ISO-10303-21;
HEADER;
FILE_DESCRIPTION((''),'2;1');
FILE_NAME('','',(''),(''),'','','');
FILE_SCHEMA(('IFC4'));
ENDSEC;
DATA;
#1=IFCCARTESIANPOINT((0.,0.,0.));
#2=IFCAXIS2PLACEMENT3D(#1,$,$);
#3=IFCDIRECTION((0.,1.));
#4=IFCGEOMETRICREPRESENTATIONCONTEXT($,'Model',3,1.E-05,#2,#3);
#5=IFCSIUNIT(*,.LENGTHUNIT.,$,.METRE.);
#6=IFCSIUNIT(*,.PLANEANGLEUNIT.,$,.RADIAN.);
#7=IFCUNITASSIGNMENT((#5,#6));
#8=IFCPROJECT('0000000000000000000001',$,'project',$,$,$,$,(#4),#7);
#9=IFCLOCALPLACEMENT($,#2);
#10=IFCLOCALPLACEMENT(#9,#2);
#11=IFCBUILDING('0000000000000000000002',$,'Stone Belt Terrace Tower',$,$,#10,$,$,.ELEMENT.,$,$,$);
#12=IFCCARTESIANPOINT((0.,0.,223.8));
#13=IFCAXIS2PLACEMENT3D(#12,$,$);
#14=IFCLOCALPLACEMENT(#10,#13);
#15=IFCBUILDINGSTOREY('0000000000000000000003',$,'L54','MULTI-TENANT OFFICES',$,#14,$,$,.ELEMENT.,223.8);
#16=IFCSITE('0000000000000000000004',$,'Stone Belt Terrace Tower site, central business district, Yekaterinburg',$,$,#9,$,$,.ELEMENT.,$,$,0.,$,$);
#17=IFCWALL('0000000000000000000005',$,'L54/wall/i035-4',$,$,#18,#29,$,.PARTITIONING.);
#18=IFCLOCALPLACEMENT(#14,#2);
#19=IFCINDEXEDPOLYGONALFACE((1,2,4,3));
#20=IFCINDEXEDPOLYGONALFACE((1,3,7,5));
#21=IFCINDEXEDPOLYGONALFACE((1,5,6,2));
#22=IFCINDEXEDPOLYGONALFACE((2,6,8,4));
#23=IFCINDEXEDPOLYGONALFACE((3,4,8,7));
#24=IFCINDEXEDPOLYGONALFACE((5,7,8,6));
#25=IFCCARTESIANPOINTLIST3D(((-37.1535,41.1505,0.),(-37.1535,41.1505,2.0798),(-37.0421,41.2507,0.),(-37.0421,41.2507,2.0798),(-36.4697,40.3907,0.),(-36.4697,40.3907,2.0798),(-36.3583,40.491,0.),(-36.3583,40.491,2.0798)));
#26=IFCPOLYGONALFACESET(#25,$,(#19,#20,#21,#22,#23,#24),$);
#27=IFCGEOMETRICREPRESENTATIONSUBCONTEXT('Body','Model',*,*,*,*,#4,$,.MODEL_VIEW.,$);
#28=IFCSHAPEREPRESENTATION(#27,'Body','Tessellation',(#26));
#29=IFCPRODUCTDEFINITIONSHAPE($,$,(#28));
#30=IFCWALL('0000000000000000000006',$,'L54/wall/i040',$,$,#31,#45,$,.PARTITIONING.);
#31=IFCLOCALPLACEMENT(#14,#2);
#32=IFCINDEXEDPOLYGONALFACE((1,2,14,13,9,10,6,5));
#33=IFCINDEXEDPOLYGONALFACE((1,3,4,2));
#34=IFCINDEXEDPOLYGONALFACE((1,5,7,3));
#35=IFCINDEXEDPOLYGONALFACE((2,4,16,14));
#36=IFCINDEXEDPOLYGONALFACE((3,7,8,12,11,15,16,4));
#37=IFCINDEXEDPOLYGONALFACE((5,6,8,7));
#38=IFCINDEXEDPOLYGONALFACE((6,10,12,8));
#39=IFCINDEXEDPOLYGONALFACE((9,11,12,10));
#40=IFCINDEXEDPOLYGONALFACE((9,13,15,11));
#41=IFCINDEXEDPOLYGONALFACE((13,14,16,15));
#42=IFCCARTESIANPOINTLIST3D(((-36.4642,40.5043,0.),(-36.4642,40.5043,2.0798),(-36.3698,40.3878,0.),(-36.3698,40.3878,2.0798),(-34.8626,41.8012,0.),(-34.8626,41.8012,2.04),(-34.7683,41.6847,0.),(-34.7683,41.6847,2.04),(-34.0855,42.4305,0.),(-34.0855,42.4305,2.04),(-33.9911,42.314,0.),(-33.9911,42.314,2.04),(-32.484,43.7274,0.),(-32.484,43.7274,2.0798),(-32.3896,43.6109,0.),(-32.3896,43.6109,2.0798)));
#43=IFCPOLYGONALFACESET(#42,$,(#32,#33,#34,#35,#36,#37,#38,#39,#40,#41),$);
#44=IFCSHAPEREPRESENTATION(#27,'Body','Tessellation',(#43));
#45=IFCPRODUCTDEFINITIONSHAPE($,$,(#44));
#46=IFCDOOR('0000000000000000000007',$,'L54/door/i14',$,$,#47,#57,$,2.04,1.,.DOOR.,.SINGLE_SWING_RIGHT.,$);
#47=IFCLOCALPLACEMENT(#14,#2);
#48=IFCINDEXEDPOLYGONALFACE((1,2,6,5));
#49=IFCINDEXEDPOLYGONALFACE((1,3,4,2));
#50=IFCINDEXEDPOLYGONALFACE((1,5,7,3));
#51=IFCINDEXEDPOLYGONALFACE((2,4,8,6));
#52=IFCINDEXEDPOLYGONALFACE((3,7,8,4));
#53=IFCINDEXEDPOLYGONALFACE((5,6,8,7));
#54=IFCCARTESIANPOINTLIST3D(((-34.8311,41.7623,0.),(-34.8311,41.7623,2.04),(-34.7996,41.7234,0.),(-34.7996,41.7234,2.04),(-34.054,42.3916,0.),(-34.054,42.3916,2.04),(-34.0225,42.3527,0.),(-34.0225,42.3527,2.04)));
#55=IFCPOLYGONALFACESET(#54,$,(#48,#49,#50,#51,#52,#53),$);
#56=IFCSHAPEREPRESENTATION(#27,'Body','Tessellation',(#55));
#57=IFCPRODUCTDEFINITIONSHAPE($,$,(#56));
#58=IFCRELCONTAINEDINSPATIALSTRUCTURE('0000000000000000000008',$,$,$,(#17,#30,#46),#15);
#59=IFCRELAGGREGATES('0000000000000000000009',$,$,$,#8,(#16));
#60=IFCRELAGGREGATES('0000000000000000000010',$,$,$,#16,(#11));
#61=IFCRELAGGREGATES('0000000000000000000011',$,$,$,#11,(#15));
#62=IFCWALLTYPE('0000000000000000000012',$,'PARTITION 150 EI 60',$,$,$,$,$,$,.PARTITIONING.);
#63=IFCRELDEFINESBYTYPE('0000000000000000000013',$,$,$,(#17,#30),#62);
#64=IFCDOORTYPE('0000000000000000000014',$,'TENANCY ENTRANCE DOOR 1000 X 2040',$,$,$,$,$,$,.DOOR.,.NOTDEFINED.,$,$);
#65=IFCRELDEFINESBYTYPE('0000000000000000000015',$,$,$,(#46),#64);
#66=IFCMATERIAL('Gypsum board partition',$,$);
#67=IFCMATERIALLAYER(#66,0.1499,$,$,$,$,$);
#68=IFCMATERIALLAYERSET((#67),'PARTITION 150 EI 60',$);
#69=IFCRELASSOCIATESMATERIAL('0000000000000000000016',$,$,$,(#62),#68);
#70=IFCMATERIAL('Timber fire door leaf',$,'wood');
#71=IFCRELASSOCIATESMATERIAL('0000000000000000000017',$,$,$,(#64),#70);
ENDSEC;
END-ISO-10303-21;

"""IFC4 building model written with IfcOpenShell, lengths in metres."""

from ifc_helpers import new_model, si_unit, direction, frame, frame_2d, origin, place, context, subcontext, project, spatial, rectangle, extrude, material, layer, layer_set, type_object, element, fill, save


model = new_model("IFC4")

# Units and contexts
model_context = context("Model", 3, precision=1e-05, world=origin(), true_north=direction((0.0, 1.0)))
body_context = subcontext(model_context, "Body", "Model", "MODEL_VIEW")
ifc_project = project(units=[si_unit("LENGTHUNIT", "METRE"), si_unit("PLANEANGLEUNIT", "RADIAN")], contexts=[model_context])

# Site, building, storey
site_placement = place(None, origin())
site = spatial("IfcSite", under=ifc_project, at=site_placement, Name="Stone Belt Terrace Tower site, central business district, Yekaterinburg", CompositionType="ELEMENT", RefElevation=0.0)
building_placement = place(site_placement, origin())
building = spatial("IfcBuilding", under=site, at=building_placement, Name="Stone Belt Terrace Tower", CompositionType="ELEMENT")
storey_placement = place(building_placement, frame((0.0, 0.0, 223.8)))
storey = spatial("IfcBuildingStorey", under=building, at=storey_placement, Name="L54", Description="MULTI-TENANT OFFICES", CompositionType="ELEMENT", Elevation=223.8)

# Shared definitions
ifc_material_1 = material(Name="Gypsum board partition")
ifc_layer_1 = layer(ifc_material_1, 0.1499)
ifc_layer_set_1 = layer_set([ifc_layer_1], Name="PARTITION 150 EI 60")
wall_type = type_object("IfcWallType", Name="PARTITION 150 EI 60", PredefinedType="PARTITIONING", material=ifc_layer_set_1)
ifc_material_2 = material(Name="Timber fire door leaf", Category="wood")

# Wall
wall_1_placement = place(storey_placement, frame((-37.0979, 41.2007, 0.0), z_axis=(0.0, 0.0, 1.0), x_axis=(0.668991, -0.74327, 0.0)))
element("IfcWall", 1, at=wall_1_placement, inside=storey, type_object=wall_type, Name="L54/wall/i035-4", PredefinedType="PARTITIONING", context=body_context, shape_type="SweptSolid", body=[
    extrude(rectangle(XDim=1.0222, YDim=0.1499, at=frame_2d((0.5112, 0.0))), origin(), (0.0, 0.0, 1.0), 2.0798),
])

# Wall, opening, door
wall_2_placement = place(storey_placement, frame((-36.417, 40.446, 0.0), z_axis=(0.0, 0.0, 1.0), x_axis=(0.777144, 0.629323, 0.0)))
wall_2 = element("IfcWall", 2, at=wall_2_placement, inside=storey, type_object=wall_type, Name="L54/wall/i040", PredefinedType="PARTITIONING", context=body_context, shape_type="SweptSolid", body=[
    extrude(rectangle(XDim=5.1216, YDim=0.1499, at=frame_2d((2.5608, 0.0))), origin(), (0.0, 0.0, 1.0), 2.0798),
])
opening_1_placement = place(wall_2_placement, frame((2.0608, 0.0, 0.0)))
opening_1 = element("IfcOpeningElement", 3, at=opening_1_placement, cuts=wall_2, PredefinedType="OPENING", context=body_context, shape_type="SweptSolid", body=[
    extrude(rectangle(XDim=1.0, YDim=2.04, at=frame_2d((0.5, 1.02))), frame((0.0, 0.085, 0.0), z_axis=(0.0, -1.0, 0.0), x_axis=(1.0, 0.0, 0.0)), (0.0, 0.0, 1.0), 0.1699),
])
door_type_1 = type_object("IfcDoorType", Name="TENANCY ENTRANCE DOOR 1000 X 2040", OperationType="NOTDEFINED", PredefinedType="DOOR", material=ifc_material_2)
door_1_placement = place(opening_1_placement, origin())
door_1 = element("IfcDoor", 4, at=door_1_placement, inside=storey, type_object=door_type_1, Name="L54/door/i14", OperationType="SINGLE_SWING_RIGHT", OverallHeight=2.04, OverallWidth=1.0, PredefinedType="DOOR", context=body_context, shape_type="SweptSolid", body=[
    extrude(rectangle(XDim=1.0, YDim=2.04, at=frame_2d((0.5, 1.02))), frame((0.0, 0.0249, 0.0), z_axis=(0.0, -1.0, 0.0), x_axis=(1.0, 0.0, 0.0)), (0.0, 0.0, 1.0), 0.05),
])
fill(opening_1, door_1)

save(model, "model.ifc")
